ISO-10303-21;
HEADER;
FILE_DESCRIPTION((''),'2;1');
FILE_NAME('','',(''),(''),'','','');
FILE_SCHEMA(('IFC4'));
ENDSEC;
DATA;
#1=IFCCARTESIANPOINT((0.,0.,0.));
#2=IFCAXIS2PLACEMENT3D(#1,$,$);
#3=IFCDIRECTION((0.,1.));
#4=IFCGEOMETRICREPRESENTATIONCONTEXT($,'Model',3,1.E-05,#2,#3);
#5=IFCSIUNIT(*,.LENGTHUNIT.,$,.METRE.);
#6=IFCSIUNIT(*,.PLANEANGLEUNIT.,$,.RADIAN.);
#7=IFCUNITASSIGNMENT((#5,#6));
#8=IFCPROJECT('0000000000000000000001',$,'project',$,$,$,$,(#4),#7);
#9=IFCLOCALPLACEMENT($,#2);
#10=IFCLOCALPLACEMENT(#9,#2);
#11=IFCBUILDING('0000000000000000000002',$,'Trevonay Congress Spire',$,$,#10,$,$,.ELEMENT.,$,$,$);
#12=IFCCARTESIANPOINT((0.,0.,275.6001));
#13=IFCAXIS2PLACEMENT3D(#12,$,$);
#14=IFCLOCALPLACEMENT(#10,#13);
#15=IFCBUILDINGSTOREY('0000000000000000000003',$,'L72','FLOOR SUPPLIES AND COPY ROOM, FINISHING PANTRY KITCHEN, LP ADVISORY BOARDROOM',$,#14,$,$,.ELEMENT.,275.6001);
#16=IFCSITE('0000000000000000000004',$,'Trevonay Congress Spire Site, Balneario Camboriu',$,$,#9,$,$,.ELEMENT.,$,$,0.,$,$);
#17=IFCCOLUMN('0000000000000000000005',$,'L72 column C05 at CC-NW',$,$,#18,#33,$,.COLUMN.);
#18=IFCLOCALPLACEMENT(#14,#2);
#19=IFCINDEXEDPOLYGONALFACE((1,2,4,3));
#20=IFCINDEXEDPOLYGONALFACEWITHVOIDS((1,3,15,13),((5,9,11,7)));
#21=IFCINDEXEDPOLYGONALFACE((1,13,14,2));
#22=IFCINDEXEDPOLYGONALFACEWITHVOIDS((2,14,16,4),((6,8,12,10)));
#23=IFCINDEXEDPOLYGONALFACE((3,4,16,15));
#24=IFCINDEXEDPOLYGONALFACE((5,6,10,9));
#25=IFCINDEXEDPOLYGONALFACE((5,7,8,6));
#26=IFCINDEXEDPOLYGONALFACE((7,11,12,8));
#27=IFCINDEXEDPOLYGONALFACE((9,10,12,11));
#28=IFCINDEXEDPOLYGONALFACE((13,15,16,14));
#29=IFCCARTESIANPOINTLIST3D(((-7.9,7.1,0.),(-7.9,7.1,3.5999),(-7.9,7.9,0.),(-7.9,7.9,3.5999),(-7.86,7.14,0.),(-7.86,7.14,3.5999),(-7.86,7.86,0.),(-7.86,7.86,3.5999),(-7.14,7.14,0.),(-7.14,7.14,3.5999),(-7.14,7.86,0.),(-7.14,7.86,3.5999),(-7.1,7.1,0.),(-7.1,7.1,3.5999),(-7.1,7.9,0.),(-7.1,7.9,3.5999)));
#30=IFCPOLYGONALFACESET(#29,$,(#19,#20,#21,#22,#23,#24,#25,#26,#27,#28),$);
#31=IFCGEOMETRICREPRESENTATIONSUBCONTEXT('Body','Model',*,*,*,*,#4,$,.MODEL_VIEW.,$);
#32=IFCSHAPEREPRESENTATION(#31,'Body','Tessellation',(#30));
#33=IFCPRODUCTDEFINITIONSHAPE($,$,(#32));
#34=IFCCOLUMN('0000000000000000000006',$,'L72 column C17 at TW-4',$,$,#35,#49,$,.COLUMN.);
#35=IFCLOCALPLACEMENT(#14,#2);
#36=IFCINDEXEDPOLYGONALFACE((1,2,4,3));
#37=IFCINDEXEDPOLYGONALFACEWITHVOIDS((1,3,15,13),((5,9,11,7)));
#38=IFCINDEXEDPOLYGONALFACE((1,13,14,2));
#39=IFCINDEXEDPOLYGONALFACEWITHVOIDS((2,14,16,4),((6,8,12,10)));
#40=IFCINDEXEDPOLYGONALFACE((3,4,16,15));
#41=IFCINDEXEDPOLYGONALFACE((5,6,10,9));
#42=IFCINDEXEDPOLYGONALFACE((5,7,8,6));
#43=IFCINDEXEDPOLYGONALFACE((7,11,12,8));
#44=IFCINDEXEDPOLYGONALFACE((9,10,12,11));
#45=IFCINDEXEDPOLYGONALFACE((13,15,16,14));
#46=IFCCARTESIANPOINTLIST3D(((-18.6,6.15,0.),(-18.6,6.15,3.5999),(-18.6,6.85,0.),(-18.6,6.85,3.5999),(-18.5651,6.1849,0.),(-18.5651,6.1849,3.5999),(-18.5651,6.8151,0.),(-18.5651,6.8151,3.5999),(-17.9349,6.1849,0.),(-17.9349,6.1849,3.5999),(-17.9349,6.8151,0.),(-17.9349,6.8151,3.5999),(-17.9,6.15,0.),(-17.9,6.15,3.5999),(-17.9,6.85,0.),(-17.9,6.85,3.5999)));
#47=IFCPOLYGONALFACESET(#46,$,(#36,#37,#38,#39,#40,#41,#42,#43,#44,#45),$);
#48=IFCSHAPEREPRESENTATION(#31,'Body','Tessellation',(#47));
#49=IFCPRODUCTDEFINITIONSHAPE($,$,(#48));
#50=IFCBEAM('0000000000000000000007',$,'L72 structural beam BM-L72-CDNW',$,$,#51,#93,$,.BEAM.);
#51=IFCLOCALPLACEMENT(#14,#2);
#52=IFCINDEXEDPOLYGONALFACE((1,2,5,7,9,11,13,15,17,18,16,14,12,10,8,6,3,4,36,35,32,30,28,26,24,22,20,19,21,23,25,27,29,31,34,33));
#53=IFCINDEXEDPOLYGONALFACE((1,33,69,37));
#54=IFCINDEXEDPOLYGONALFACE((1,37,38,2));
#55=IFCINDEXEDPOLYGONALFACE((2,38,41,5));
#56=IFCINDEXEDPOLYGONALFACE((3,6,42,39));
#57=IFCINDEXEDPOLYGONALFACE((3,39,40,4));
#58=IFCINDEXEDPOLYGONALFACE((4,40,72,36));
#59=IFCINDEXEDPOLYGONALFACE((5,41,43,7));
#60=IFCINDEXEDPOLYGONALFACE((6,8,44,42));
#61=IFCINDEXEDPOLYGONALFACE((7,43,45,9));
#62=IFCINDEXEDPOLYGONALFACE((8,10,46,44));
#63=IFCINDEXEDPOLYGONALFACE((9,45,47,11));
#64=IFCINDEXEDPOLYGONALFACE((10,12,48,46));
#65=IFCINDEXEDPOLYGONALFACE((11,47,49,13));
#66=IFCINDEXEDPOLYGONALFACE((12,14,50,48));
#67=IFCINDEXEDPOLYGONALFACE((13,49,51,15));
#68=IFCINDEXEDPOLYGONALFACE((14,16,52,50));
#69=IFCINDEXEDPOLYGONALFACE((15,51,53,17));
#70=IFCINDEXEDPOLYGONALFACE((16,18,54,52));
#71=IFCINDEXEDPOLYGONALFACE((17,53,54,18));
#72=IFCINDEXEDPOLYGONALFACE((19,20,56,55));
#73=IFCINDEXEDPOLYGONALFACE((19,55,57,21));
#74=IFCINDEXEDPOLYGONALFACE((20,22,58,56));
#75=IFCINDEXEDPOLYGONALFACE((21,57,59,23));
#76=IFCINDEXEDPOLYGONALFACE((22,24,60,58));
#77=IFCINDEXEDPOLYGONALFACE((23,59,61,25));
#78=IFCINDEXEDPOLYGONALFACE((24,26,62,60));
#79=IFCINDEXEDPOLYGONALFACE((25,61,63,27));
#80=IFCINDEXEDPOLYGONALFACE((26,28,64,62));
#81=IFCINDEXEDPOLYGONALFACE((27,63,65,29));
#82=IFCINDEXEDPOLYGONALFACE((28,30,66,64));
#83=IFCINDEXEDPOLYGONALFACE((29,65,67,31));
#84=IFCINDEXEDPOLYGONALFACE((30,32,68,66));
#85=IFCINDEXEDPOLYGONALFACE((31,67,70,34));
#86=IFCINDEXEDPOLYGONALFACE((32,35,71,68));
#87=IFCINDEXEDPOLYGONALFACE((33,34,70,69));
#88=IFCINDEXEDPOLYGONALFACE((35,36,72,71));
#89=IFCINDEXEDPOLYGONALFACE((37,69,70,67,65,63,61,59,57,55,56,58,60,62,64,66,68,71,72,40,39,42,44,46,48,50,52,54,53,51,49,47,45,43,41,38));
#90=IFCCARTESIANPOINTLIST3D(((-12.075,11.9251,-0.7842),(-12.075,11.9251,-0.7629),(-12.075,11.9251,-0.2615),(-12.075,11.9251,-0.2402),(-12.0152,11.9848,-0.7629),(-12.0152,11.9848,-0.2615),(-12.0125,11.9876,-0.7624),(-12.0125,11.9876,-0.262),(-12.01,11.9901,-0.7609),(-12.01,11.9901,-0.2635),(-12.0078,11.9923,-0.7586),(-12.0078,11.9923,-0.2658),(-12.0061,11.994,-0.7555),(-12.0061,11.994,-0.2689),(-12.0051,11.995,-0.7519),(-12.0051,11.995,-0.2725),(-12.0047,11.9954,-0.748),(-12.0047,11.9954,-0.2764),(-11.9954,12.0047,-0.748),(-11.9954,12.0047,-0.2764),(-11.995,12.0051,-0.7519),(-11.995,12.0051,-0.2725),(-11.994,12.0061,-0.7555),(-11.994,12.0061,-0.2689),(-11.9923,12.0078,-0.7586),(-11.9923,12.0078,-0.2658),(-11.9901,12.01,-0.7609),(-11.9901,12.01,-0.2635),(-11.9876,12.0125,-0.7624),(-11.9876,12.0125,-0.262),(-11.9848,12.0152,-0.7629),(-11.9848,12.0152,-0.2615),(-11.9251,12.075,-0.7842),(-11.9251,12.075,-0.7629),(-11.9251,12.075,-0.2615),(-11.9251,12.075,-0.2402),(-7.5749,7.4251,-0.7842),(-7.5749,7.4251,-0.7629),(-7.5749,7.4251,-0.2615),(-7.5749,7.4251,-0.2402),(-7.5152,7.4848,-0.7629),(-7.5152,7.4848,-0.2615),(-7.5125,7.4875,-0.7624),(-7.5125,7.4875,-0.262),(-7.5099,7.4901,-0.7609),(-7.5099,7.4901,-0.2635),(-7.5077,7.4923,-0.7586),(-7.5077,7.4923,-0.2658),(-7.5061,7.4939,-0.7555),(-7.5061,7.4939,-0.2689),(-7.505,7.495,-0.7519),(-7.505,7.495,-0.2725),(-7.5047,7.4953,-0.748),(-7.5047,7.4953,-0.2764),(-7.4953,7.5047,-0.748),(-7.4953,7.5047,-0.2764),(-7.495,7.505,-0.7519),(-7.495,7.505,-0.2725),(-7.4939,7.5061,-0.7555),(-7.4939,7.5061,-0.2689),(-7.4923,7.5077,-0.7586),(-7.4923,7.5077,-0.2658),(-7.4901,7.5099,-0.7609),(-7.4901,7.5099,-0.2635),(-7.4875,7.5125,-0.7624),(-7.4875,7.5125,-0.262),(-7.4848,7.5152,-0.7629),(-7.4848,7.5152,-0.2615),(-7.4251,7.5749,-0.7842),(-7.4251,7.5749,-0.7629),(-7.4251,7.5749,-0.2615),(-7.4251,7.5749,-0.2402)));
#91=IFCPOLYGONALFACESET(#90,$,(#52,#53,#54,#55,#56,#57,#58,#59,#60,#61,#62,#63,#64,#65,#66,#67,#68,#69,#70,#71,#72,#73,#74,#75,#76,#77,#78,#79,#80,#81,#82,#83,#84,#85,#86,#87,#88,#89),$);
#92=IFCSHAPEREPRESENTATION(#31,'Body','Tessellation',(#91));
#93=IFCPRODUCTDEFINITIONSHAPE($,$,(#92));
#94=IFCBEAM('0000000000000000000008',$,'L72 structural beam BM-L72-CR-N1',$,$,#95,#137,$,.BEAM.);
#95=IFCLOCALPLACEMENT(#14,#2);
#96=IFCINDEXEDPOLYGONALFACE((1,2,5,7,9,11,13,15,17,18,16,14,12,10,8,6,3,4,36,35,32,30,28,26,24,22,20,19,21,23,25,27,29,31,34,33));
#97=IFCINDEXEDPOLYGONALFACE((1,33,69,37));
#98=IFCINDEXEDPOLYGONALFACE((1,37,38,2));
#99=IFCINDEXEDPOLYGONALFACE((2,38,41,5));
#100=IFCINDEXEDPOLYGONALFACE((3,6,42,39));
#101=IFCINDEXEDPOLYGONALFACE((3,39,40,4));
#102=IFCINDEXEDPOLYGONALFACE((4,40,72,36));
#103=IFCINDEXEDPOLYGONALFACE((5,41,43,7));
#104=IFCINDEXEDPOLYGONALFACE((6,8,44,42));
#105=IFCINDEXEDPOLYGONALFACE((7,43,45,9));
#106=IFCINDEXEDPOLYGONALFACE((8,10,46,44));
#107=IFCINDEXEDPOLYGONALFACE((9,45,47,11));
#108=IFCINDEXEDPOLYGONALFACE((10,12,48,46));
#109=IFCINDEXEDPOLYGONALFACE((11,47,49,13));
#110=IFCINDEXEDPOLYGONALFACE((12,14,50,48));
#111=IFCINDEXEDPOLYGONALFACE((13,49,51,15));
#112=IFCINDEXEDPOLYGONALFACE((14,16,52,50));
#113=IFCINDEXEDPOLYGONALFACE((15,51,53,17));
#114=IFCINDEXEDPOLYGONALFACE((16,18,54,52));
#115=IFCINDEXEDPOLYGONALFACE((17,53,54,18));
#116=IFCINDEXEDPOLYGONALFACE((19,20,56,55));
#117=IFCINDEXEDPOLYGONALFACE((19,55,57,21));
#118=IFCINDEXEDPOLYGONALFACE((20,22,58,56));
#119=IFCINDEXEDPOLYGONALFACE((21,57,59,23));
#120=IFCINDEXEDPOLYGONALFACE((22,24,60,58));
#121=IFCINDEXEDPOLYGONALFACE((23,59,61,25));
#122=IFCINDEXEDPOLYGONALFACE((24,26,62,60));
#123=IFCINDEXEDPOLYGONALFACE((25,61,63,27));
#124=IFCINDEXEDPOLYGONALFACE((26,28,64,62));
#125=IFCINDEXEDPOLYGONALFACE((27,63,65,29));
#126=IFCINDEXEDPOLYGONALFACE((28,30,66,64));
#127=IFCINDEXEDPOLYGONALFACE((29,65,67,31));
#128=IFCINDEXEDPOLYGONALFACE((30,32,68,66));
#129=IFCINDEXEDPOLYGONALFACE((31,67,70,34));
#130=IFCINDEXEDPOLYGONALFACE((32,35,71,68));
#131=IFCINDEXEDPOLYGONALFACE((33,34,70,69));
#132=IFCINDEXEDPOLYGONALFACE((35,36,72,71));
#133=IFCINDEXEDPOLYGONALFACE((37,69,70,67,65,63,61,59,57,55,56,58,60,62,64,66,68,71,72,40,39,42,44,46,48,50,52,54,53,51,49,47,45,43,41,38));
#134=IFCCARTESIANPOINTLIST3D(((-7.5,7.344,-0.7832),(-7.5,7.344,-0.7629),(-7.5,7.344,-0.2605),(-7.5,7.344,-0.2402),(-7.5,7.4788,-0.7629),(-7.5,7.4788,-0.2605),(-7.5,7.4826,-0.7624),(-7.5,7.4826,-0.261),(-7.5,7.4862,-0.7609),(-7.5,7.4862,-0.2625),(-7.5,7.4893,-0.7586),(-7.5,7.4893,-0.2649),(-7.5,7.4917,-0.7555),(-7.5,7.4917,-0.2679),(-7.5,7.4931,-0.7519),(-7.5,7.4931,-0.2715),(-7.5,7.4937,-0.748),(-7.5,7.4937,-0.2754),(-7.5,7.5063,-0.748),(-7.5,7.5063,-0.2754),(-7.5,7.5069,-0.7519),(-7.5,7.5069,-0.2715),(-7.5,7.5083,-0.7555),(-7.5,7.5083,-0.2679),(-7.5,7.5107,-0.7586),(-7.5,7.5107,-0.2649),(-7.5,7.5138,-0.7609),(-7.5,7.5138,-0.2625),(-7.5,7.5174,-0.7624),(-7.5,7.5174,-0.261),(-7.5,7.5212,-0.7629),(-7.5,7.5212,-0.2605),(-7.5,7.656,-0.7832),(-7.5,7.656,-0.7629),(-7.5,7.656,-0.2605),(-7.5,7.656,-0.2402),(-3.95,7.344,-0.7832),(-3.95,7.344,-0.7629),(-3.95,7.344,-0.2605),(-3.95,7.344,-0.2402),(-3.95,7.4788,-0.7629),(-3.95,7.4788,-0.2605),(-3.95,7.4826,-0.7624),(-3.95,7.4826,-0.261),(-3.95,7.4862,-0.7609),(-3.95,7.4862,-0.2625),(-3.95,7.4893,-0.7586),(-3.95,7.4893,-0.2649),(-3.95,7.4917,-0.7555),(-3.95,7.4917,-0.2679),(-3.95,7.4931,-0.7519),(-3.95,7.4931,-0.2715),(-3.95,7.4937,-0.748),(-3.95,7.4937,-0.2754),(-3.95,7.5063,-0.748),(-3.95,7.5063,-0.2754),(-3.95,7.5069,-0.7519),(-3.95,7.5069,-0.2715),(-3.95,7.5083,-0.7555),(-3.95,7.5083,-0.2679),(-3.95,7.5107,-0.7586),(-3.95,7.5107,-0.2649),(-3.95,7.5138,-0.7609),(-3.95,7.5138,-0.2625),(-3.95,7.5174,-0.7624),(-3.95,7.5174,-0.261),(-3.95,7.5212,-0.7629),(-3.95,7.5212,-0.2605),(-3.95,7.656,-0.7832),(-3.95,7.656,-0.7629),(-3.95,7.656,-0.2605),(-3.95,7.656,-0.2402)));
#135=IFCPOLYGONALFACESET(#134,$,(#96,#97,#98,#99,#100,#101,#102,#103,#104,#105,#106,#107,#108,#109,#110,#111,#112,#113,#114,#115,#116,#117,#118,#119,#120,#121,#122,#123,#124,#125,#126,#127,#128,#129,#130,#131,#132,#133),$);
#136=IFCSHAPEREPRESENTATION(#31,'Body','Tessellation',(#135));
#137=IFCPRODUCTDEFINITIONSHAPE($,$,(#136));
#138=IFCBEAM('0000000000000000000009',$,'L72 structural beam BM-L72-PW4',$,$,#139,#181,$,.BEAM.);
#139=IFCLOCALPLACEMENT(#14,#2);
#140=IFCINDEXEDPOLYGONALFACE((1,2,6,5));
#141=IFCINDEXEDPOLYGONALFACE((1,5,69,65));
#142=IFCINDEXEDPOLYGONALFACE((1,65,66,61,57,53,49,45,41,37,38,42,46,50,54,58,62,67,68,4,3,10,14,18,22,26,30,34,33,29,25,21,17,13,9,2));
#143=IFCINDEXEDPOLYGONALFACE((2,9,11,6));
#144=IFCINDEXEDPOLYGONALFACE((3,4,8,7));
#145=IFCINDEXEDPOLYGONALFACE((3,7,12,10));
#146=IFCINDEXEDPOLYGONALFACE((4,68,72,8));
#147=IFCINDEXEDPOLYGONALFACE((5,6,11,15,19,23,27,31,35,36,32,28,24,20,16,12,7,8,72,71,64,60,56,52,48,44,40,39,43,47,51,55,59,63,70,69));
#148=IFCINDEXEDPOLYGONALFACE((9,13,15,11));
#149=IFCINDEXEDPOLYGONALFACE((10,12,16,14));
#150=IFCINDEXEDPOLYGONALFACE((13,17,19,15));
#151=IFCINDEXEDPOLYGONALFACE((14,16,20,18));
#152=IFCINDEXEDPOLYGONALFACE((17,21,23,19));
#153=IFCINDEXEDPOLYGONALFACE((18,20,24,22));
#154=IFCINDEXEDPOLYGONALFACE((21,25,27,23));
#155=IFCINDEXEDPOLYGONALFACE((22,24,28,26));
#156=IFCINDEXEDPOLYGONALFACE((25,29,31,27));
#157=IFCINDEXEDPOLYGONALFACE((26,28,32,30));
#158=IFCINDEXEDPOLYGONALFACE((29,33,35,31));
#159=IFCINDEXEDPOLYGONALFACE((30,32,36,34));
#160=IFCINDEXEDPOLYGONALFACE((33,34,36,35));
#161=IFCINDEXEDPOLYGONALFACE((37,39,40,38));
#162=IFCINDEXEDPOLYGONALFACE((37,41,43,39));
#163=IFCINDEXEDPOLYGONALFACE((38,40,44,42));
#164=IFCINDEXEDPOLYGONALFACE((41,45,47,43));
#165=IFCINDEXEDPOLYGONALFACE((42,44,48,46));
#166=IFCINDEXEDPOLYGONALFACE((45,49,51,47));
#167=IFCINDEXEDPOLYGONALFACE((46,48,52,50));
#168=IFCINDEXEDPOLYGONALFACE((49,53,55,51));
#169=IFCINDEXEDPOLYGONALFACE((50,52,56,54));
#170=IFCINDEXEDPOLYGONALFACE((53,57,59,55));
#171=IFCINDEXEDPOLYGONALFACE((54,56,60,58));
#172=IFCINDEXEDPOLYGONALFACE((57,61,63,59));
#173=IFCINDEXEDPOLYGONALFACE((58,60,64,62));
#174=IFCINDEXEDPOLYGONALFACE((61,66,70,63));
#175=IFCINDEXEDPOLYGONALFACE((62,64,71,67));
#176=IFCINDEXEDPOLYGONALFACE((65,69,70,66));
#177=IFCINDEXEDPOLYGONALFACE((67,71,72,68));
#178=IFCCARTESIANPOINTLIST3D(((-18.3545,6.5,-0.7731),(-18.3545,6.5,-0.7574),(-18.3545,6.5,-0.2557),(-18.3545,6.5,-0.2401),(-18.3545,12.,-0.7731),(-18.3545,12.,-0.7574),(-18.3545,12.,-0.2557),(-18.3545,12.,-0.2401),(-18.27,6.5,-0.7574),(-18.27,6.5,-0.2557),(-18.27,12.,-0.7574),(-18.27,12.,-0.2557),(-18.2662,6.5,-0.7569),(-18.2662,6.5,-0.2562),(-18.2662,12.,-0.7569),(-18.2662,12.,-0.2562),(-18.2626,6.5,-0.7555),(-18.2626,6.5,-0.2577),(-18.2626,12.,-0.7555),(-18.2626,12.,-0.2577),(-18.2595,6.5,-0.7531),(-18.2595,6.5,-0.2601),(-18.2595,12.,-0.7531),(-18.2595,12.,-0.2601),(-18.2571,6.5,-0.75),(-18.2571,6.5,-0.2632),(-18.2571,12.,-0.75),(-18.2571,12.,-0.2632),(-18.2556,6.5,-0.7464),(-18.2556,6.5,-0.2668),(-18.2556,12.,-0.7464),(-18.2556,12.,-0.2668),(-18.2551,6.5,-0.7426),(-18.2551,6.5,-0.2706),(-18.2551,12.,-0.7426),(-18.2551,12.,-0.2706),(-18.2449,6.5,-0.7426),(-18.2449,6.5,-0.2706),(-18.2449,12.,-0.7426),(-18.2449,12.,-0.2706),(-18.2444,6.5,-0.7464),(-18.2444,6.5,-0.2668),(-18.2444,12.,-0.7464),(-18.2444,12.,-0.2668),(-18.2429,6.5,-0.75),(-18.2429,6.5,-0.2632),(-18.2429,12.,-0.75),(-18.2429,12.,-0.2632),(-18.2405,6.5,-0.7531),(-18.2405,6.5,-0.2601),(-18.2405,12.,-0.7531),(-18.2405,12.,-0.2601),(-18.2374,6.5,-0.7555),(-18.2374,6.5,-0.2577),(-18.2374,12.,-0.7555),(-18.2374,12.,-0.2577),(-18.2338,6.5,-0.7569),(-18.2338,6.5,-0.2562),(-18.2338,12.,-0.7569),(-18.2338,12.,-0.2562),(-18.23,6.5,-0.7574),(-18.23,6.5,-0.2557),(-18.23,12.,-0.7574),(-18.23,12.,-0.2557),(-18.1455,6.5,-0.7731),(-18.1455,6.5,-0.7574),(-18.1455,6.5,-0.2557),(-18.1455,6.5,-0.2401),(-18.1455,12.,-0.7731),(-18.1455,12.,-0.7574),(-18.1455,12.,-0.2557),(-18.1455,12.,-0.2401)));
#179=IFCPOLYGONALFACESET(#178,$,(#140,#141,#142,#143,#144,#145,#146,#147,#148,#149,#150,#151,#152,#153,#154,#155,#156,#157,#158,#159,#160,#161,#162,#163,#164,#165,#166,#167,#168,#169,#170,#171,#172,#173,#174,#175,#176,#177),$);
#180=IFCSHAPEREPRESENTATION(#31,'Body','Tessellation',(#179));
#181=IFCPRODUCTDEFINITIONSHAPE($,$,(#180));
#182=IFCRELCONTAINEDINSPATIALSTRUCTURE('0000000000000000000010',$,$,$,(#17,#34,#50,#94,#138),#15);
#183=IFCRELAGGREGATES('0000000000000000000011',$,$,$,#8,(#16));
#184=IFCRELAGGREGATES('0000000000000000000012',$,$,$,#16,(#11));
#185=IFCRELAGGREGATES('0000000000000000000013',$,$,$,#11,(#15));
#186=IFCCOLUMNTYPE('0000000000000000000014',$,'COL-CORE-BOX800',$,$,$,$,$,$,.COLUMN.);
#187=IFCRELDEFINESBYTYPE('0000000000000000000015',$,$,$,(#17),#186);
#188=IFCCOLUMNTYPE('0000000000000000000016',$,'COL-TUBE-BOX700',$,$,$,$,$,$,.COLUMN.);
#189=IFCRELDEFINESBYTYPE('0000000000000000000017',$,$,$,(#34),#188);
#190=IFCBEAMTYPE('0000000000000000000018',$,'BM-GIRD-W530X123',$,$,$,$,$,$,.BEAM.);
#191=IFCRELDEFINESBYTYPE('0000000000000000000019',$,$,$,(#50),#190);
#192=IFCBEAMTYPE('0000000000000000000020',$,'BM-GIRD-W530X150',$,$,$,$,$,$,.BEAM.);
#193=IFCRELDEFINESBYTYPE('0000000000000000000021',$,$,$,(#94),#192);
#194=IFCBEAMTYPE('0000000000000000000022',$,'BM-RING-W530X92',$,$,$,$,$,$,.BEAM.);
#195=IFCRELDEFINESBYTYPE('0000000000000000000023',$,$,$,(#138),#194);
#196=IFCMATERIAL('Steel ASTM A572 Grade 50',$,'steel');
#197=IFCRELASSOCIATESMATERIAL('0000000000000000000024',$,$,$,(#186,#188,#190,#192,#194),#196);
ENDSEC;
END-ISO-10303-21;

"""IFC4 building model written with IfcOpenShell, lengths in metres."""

from ifc_helpers import new_model, si_unit, direction, frame, origin, origin_2d, place, context, subcontext, project, spatial, hollow_rectangle, i_section, extrude, material, material_profile, profile_set, type_object, element, save


model = new_model("IFC4")

# Units and contexts
model_context = context("Model", 3, precision=1e-05, world=origin(), true_north=direction((0.0, 1.0)))
body_context = subcontext(model_context, "Body", "Model", "MODEL_VIEW")
ifc_project = project(units=[si_unit("LENGTHUNIT", "METRE"), si_unit("PLANEANGLEUNIT", "RADIAN")], contexts=[model_context])

# Site, building, storey
site_placement = place(None, origin())
site = spatial("IfcSite", under=ifc_project, at=site_placement, Name="Trevonay Congress Spire Site, Balneario Camboriu", CompositionType="ELEMENT", RefElevation=0.0)
building_placement = place(site_placement, origin())
building = spatial("IfcBuilding", under=site, at=building_placement, Name="Trevonay Congress Spire", CompositionType="ELEMENT")
storey_placement = place(building_placement, frame((0.0, 0.0, 275.6001)))
storey = spatial("IfcBuildingStorey", under=building, at=storey_placement, Name="L72", Description="FLOOR SUPPLIES AND COPY ROOM, FINISHING PANTRY KITCHEN, LP ADVISORY BOARDROOM", CompositionType="ELEMENT", Elevation=275.6001)

# Columns
ifc_material_1 = material(Name="Steel ASTM A572 Grade 50", Category="steel")
ifc_material_profile_1 = material_profile(ifc_material_1, hollow_rectangle(XDim=0.8, YDim=0.8, WallThickness=0.04, at=origin_2d()), Name="BOX 800x800x40")
ifc_profile_set_1 = profile_set([ifc_material_profile_1], Name="Steel ASTM A572 Grade 50")
column_type_1 = type_object("IfcColumnType", Name="COL-CORE-BOX800", PredefinedType="COLUMN", material=ifc_profile_set_1)
column_1_placement = place(storey_placement, frame((-7.5, 7.5, 0.0), z_axis=(0.0, 0.0, 1.0), x_axis=(1.0, 0.0, 0.0)))
element("IfcColumn", 1, at=column_1_placement, inside=storey, type_object=column_type_1, Name="L72 column C05 at CC-NW", PredefinedType="COLUMN", context=body_context, shape_type="SweptSolid", body=[
    extrude(hollow_rectangle(XDim=0.8, YDim=0.8, WallThickness=0.04, at=origin_2d()), origin(), (0.0, 0.0, 1.0), 3.5999),
])
ifc_material_profile_2 = material_profile(ifc_material_1, hollow_rectangle(XDim=0.7, YDim=0.7, WallThickness=0.0349, at=origin_2d()), Name="BOX 700x700x35")
ifc_profile_set_2 = profile_set([ifc_material_profile_2], Name="Steel ASTM A572 Grade 50")
column_type_2 = type_object("IfcColumnType", Name="COL-TUBE-BOX700", PredefinedType="COLUMN", material=ifc_profile_set_2)
column_2_placement = place(storey_placement, frame((-18.25, 6.5, 0.0), z_axis=(0.0, 0.0, 1.0), x_axis=(1.0, 0.0, 0.0)))
element("IfcColumn", 2, at=column_2_placement, inside=storey, type_object=column_type_2, Name="L72 column C17 at TW-4", PredefinedType="COLUMN", context=body_context, shape_type="SweptSolid", body=[
    extrude(hollow_rectangle(XDim=0.7, YDim=0.7, WallThickness=0.0349, at=origin_2d()), origin(), (0.0, 0.0, 1.0), 3.5999),
])

# Beams
ifc_material_profile_3 = material_profile(ifc_material_1, i_section(OverallWidth=0.2119, OverallDepth=0.5439, WebThickness=0.0132, FlangeThickness=0.0212, FilletRadius=0.0149, at=origin_2d()), Name="W530x123")
ifc_profile_set_3 = profile_set([ifc_material_profile_3], Name="Steel ASTM A572 Grade 50")
beam_type_1 = type_object("IfcBeamType", Name="BM-GIRD-W530X123", PredefinedType="BEAM", material=ifc_profile_set_3)
beam_1_placement = place(storey_placement, frame((-7.5, 7.5, -0.5122), z_axis=(-0.707107, 0.707107, 0.0), x_axis=(-0.707107, -0.707107, 0.0)))
element("IfcBeam", 3, at=beam_1_placement, inside=storey, type_object=beam_type_1, Name="L72 structural beam BM-L72-CDNW", PredefinedType="BEAM", context=body_context, shape_type="SweptSolid", body=[
    extrude(i_section(OverallWidth=0.2119, OverallDepth=0.5439, WebThickness=0.0132, FlangeThickness=0.0212, FilletRadius=0.0149, at=origin_2d()), origin(), (0.0, 0.0, 1.0), 6.364),
])
ifc_material_profile_4 = material_profile(ifc_material_1, i_section(OverallWidth=0.312, OverallDepth=0.543, WebThickness=0.0127, FlangeThickness=0.0203, FilletRadius=0.0149, at=origin_2d()), Name="W530x150")
ifc_profile_set_4 = profile_set([ifc_material_profile_4], Name="Steel ASTM A572 Grade 50")
beam_type_2 = type_object("IfcBeamType", Name="BM-GIRD-W530X150", PredefinedType="BEAM", material=ifc_profile_set_4)
beam_2_placement = place(storey_placement, frame((-7.5, 7.5, -0.5117), z_axis=(1.0, 0.0, 0.0), x_axis=(0.0, 1.0, 0.0)))
element("IfcBeam", 4, at=beam_2_placement, inside=storey, type_object=beam_type_2, Name="L72 structural beam BM-L72-CR-N1", PredefinedType="BEAM", context=body_context, shape_type="SweptSolid", body=[
    extrude(i_section(OverallWidth=0.312, OverallDepth=0.543, WebThickness=0.0127, FlangeThickness=0.0203, FilletRadius=0.0149, at=origin_2d()), origin(), (0.0, 0.0, 1.0), 3.55),
])
ifc_material_profile_5 = material_profile(ifc_material_1, i_section(OverallWidth=0.209, OverallDepth=0.533, WebThickness=0.0103, FlangeThickness=0.0156, FilletRadius=0.0149, at=origin_2d()), Name="W530x92")
ifc_profile_set_5 = profile_set([ifc_material_profile_5], Name="Steel ASTM A572 Grade 50")
beam_type_3 = type_object("IfcBeamType", Name="BM-RING-W530X92", PredefinedType="BEAM", material=ifc_profile_set_5)
beam_3_placement = place(storey_placement, frame((-18.25, 6.5, -0.5066), z_axis=(0.0, 1.0, 0.0), x_axis=(-1.0, 0.0, 0.0)))
element("IfcBeam", 5, at=beam_3_placement, inside=storey, type_object=beam_type_3, Name="L72 structural beam BM-L72-PW4", PredefinedType="BEAM", context=body_context, shape_type="SweptSolid", body=[
    extrude(i_section(OverallWidth=0.209, OverallDepth=0.533, WebThickness=0.0103, FlangeThickness=0.0156, FilletRadius=0.0149, at=origin_2d()), origin(), (0.0, 0.0, 1.0), 5.5),
])

save(model, "model.ifc")
